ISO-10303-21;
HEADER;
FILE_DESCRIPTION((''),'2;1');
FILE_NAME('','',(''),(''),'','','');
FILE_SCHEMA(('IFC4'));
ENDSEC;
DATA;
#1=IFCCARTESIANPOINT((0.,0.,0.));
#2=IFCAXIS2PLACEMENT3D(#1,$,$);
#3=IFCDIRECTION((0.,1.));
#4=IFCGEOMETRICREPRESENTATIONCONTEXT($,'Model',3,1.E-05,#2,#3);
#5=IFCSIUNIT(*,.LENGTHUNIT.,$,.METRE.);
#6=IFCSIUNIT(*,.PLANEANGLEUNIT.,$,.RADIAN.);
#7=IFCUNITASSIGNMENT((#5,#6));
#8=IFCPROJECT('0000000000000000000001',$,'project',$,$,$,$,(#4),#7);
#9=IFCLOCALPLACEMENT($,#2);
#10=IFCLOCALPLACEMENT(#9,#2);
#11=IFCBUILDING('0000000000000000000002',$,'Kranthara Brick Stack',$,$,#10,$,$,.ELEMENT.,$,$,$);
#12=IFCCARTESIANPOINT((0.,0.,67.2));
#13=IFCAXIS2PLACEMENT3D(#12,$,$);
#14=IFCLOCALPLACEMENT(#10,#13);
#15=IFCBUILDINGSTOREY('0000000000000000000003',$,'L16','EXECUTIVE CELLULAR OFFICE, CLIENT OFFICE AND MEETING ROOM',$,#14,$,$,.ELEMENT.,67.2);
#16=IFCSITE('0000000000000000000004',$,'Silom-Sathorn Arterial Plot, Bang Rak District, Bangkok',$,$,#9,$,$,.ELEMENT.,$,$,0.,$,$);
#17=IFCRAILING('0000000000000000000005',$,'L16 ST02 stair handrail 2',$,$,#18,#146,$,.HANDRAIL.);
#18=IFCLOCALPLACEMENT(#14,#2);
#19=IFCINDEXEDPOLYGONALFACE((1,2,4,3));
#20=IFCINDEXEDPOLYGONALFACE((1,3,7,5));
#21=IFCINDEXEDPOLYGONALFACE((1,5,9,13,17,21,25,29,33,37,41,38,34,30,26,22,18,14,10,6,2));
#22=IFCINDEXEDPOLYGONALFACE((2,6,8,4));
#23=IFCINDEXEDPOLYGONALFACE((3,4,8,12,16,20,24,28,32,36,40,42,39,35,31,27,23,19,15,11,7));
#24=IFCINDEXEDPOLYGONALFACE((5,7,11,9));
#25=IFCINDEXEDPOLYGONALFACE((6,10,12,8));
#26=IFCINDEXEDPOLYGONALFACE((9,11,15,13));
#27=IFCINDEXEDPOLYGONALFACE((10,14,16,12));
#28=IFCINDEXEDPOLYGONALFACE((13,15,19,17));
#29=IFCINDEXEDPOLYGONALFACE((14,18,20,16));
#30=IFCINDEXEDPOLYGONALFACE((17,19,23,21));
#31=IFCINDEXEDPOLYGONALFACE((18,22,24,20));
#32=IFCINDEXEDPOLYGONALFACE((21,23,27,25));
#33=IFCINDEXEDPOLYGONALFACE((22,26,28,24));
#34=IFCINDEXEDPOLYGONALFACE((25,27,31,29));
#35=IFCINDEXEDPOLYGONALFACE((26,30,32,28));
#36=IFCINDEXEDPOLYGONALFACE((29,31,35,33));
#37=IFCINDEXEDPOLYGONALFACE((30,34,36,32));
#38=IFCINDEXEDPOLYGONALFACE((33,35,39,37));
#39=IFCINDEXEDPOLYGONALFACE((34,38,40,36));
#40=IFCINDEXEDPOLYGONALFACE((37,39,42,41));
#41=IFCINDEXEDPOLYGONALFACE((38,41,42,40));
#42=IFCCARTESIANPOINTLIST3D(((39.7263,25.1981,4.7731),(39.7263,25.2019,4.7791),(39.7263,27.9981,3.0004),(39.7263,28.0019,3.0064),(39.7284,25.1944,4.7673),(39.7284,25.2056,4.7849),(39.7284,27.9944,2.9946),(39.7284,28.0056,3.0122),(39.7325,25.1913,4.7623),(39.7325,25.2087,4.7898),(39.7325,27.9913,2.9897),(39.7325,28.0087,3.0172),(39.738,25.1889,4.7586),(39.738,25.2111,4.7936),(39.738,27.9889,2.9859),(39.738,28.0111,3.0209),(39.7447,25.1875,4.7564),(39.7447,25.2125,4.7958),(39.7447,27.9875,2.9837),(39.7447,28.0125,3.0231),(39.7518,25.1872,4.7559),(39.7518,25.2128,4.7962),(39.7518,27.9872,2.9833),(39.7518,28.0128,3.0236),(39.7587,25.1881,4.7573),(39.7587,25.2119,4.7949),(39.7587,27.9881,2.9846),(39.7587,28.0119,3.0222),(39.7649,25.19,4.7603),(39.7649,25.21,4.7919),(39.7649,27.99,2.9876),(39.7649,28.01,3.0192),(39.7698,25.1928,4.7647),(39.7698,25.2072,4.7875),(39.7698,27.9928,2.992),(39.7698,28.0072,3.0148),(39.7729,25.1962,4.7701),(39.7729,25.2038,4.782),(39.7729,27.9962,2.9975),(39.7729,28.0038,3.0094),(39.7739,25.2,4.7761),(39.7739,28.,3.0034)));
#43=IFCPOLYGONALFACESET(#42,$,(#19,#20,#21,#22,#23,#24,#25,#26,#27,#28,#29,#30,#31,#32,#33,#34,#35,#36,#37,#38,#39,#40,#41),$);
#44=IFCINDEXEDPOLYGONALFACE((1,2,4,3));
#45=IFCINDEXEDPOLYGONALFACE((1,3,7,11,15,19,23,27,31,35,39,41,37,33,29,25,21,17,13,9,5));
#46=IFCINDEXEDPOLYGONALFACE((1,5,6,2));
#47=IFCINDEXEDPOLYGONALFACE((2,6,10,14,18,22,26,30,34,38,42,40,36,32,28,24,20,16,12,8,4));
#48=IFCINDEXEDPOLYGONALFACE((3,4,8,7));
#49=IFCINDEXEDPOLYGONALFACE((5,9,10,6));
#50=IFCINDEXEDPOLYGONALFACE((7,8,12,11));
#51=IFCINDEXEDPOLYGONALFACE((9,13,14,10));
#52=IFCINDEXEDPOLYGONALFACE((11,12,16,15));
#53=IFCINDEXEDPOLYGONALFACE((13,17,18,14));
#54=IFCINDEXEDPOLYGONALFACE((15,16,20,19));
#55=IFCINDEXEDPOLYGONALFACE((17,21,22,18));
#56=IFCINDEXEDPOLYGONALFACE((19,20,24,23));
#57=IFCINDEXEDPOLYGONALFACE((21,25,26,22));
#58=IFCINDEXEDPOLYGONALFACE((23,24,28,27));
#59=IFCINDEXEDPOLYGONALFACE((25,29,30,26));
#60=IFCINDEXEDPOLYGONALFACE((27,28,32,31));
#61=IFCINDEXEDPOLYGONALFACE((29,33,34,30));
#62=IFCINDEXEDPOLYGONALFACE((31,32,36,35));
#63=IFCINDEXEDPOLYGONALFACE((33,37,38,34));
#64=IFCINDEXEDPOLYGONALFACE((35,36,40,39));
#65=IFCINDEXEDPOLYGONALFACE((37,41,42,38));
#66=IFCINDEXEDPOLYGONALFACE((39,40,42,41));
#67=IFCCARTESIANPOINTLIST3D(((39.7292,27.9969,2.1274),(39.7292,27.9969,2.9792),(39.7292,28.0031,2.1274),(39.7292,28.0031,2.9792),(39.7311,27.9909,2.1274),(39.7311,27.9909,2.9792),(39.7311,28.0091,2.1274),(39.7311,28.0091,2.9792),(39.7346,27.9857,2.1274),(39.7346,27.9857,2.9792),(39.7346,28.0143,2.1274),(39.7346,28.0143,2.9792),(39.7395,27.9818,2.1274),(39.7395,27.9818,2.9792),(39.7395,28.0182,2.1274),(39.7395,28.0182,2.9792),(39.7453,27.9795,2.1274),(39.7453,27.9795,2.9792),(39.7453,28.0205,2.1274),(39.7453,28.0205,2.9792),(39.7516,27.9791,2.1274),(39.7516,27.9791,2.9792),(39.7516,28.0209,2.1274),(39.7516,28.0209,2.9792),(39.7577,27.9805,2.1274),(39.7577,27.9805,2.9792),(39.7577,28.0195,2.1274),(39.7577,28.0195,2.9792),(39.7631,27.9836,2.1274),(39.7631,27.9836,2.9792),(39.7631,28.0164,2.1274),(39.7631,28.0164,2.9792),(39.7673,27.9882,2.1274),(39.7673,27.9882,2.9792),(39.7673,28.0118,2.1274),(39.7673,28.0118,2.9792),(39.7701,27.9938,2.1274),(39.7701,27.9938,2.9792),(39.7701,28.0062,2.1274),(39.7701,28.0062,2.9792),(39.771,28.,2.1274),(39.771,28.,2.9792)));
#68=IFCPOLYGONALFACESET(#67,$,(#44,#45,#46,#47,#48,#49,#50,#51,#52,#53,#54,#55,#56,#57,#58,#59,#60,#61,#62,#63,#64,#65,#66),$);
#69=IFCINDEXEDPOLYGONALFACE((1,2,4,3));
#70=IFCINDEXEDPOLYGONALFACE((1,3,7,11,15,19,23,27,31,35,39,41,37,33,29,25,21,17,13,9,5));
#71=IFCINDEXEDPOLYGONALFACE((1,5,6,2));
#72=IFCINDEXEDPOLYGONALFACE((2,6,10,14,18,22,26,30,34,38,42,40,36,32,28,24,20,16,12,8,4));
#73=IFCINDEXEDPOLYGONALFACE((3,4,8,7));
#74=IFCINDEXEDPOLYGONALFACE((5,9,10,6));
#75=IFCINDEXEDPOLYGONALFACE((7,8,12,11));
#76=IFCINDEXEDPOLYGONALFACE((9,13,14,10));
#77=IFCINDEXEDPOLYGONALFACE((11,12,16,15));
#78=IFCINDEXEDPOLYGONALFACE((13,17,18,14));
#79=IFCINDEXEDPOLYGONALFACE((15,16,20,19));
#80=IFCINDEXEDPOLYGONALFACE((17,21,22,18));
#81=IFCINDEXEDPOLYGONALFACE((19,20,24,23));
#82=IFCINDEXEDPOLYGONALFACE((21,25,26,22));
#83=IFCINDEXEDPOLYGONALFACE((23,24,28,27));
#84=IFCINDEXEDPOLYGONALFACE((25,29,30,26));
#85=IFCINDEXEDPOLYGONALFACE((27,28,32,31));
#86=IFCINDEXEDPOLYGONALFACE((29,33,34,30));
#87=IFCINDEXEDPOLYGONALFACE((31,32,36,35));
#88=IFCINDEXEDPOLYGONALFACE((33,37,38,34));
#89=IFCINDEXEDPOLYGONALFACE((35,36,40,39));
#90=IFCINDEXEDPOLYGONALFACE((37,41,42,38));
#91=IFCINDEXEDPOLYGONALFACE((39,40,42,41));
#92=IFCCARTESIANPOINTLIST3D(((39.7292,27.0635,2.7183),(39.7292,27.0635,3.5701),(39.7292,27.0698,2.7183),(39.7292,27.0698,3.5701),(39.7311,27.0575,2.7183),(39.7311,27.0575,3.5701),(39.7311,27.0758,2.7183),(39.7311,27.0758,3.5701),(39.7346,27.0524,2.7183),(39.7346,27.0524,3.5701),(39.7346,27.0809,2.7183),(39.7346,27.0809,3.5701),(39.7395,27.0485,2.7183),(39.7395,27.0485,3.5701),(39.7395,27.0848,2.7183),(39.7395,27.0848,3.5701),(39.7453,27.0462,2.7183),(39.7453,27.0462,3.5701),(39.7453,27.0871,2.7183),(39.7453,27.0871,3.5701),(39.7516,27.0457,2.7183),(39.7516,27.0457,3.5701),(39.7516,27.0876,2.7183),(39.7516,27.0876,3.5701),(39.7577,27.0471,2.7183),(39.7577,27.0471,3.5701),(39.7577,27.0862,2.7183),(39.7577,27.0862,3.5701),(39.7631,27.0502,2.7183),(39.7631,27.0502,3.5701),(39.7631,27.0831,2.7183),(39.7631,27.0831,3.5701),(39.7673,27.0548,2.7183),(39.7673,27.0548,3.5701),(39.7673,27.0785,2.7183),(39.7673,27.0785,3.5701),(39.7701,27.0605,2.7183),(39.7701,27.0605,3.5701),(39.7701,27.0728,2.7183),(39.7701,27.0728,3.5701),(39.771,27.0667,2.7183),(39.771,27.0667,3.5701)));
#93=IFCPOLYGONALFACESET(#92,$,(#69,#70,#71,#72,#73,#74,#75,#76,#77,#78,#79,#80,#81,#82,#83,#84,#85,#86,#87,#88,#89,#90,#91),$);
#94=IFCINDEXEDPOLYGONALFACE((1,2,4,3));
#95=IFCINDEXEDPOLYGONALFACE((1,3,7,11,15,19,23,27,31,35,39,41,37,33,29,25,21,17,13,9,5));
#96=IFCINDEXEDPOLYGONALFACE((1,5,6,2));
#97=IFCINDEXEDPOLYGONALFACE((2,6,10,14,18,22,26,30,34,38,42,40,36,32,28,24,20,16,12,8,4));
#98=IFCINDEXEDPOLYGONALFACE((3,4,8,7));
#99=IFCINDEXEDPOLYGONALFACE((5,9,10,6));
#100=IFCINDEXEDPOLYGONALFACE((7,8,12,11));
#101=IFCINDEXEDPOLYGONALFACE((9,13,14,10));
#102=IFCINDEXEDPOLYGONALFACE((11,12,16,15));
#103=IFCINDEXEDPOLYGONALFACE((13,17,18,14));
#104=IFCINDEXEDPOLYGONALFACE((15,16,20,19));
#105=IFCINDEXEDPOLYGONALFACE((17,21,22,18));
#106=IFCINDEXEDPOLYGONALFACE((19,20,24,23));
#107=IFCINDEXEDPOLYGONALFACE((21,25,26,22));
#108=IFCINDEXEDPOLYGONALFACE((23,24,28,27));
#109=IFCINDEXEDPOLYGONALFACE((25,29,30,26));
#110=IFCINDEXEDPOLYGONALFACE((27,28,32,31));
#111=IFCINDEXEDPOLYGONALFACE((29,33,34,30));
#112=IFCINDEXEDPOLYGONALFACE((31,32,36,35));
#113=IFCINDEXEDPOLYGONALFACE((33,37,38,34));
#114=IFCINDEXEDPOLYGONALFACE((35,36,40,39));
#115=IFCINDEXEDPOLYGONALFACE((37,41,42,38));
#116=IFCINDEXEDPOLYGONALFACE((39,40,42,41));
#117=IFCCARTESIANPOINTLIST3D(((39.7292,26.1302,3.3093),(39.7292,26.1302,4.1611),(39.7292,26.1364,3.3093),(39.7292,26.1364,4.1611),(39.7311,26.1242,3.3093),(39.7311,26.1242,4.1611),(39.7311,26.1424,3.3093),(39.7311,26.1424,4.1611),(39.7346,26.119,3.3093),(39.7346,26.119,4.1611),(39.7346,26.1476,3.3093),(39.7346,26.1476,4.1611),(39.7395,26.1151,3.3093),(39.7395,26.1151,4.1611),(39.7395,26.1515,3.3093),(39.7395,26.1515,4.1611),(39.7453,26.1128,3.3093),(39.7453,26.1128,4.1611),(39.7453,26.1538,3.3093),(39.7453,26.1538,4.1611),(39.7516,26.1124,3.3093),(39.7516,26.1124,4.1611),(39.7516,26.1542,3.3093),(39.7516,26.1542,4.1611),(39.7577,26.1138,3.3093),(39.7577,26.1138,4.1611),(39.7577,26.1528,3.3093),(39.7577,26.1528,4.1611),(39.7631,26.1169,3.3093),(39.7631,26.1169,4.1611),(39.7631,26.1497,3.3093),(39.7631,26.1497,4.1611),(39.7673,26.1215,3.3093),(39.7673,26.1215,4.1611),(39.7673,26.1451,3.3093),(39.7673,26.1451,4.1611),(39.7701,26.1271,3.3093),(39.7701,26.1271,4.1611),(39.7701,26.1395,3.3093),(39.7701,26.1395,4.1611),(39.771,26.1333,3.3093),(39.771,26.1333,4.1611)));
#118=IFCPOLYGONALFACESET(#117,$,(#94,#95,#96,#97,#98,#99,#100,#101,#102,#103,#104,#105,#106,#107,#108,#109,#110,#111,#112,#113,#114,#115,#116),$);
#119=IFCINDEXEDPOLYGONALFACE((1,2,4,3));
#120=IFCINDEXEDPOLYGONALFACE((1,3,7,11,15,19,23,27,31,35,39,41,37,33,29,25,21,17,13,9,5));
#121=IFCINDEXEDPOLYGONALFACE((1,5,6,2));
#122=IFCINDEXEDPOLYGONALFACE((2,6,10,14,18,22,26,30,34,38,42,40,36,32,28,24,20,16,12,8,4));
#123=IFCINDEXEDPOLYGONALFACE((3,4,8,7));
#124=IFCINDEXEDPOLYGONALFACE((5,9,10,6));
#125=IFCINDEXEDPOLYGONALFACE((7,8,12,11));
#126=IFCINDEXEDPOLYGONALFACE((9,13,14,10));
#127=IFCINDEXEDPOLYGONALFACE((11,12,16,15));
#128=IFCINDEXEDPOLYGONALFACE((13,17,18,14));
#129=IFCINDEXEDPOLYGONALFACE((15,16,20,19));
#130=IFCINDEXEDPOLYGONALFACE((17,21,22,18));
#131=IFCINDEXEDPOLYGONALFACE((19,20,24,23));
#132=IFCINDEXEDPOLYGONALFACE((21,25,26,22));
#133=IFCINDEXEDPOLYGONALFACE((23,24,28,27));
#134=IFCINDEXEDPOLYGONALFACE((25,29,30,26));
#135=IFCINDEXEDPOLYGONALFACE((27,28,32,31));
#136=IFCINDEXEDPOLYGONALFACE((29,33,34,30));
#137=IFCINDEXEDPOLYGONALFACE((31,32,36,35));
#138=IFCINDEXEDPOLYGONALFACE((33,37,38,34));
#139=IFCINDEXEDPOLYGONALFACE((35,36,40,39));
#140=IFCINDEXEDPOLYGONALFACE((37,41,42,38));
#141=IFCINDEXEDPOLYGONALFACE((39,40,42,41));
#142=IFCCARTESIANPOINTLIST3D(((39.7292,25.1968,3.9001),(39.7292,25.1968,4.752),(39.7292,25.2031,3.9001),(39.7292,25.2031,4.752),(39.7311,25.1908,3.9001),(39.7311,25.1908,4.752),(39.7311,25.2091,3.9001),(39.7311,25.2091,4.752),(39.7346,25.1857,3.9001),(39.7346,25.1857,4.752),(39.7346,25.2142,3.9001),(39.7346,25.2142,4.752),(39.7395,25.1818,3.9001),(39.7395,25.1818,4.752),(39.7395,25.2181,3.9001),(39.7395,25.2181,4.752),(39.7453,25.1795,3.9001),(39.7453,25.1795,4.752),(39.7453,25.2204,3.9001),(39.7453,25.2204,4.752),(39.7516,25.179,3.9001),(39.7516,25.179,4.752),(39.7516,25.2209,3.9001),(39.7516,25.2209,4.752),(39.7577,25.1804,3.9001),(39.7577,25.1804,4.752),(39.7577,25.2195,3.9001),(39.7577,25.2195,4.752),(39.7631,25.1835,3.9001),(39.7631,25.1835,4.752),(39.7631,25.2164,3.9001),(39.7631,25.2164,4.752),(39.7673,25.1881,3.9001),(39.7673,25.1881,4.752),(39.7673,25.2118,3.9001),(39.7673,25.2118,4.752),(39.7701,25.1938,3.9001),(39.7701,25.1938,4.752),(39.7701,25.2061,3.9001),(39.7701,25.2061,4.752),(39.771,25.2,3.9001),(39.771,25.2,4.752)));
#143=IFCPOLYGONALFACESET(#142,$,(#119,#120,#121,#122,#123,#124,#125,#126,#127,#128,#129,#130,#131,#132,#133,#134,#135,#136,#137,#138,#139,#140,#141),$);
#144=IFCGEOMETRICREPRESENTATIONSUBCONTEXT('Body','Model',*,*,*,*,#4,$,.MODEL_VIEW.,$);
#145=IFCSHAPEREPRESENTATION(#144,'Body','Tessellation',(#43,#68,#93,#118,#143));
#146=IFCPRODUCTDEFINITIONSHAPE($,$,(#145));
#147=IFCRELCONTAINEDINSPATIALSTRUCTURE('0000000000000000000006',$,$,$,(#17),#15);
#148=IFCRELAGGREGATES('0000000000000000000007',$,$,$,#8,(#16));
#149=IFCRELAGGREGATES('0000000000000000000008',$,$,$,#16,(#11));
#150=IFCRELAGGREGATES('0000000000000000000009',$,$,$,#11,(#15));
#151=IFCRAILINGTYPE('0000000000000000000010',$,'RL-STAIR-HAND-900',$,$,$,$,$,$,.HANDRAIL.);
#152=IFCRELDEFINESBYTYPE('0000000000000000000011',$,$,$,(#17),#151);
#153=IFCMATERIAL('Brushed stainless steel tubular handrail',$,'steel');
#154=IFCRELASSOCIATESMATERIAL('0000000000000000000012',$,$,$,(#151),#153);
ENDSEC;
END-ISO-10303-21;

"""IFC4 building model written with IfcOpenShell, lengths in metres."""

from ifc_helpers import new_model, si_unit, direction, frame, origin, origin_2d, place, context, subcontext, project, spatial, circle, extrude, material, type_object, element, save


model = new_model("IFC4")

# Units and contexts
model_context = context("Model", 3, precision=1e-05, world=origin(), true_north=direction((0.0, 1.0)))
body_context = subcontext(model_context, "Body", "Model", "MODEL_VIEW")
ifc_project = project(units=[si_unit("LENGTHUNIT", "METRE"), si_unit("PLANEANGLEUNIT", "RADIAN")], contexts=[model_context])

# Site, building, storey
site_placement = place(None, origin())
site = spatial("IfcSite", under=ifc_project, at=site_placement, Name="Silom-Sathorn Arterial Plot, Bang Rak District, Bangkok", CompositionType="ELEMENT", RefElevation=0.0)
building_placement = place(site_placement, origin())
building = spatial("IfcBuilding", under=site, at=building_placement, Name="Kranthara Brick Stack", CompositionType="ELEMENT")
storey_placement = place(building_placement, frame((0.0, 0.0, 67.2)))
storey = spatial("IfcBuildingStorey", under=building, at=storey_placement, Name="L16", Description="EXECUTIVE CELLULAR OFFICE, CLIENT OFFICE AND MEETING ROOM", CompositionType="ELEMENT", Elevation=67.2)

# Railing
ifc_material_1 = material(Name="Brushed stainless steel tubular handrail", Category="steel")
railing_type_1 = type_object("IfcRailingType", Name="RL-STAIR-HAND-900", PredefinedType="HANDRAIL", material=ifc_material_1)
railing_1_placement = place(storey_placement, frame((39.75, 28.0, 2.1274)))
element("IfcRailing", 1, at=railing_1_placement, inside=storey, type_object=railing_type_1, Name="L16 ST02 stair handrail 2", PredefinedType="HANDRAIL", context=body_context, shape_type="SweptSolid", body=[
    extrude(circle(Radius=0.0239, at=origin_2d()), frame((0.0, 0.0, 0.876), z_axis=(0.0, -0.844909, 0.53491), x_axis=(1.0, 0.0, 0.0)), (0.0, 0.0, 1.0), 3.314),
    extrude(circle(Radius=0.021, at=origin_2d()), origin(), (0.0, 0.0, 1.0), 0.8518),
    extrude(circle(Radius=0.021, at=origin_2d()), frame((0.0, -0.9333, 0.5908)), (0.0, 0.0, 1.0), 0.8518),
    extrude(circle(Radius=0.021, at=origin_2d()), frame((0.0, -1.8667, 1.1819)), (0.0, 0.0, 1.0), 0.8518),
    extrude(circle(Radius=0.021, at=origin_2d()), frame((0.0, -2.8, 1.7727)), (0.0, 0.0, 1.0), 0.8518),
])

save(model, "model.ifc")
